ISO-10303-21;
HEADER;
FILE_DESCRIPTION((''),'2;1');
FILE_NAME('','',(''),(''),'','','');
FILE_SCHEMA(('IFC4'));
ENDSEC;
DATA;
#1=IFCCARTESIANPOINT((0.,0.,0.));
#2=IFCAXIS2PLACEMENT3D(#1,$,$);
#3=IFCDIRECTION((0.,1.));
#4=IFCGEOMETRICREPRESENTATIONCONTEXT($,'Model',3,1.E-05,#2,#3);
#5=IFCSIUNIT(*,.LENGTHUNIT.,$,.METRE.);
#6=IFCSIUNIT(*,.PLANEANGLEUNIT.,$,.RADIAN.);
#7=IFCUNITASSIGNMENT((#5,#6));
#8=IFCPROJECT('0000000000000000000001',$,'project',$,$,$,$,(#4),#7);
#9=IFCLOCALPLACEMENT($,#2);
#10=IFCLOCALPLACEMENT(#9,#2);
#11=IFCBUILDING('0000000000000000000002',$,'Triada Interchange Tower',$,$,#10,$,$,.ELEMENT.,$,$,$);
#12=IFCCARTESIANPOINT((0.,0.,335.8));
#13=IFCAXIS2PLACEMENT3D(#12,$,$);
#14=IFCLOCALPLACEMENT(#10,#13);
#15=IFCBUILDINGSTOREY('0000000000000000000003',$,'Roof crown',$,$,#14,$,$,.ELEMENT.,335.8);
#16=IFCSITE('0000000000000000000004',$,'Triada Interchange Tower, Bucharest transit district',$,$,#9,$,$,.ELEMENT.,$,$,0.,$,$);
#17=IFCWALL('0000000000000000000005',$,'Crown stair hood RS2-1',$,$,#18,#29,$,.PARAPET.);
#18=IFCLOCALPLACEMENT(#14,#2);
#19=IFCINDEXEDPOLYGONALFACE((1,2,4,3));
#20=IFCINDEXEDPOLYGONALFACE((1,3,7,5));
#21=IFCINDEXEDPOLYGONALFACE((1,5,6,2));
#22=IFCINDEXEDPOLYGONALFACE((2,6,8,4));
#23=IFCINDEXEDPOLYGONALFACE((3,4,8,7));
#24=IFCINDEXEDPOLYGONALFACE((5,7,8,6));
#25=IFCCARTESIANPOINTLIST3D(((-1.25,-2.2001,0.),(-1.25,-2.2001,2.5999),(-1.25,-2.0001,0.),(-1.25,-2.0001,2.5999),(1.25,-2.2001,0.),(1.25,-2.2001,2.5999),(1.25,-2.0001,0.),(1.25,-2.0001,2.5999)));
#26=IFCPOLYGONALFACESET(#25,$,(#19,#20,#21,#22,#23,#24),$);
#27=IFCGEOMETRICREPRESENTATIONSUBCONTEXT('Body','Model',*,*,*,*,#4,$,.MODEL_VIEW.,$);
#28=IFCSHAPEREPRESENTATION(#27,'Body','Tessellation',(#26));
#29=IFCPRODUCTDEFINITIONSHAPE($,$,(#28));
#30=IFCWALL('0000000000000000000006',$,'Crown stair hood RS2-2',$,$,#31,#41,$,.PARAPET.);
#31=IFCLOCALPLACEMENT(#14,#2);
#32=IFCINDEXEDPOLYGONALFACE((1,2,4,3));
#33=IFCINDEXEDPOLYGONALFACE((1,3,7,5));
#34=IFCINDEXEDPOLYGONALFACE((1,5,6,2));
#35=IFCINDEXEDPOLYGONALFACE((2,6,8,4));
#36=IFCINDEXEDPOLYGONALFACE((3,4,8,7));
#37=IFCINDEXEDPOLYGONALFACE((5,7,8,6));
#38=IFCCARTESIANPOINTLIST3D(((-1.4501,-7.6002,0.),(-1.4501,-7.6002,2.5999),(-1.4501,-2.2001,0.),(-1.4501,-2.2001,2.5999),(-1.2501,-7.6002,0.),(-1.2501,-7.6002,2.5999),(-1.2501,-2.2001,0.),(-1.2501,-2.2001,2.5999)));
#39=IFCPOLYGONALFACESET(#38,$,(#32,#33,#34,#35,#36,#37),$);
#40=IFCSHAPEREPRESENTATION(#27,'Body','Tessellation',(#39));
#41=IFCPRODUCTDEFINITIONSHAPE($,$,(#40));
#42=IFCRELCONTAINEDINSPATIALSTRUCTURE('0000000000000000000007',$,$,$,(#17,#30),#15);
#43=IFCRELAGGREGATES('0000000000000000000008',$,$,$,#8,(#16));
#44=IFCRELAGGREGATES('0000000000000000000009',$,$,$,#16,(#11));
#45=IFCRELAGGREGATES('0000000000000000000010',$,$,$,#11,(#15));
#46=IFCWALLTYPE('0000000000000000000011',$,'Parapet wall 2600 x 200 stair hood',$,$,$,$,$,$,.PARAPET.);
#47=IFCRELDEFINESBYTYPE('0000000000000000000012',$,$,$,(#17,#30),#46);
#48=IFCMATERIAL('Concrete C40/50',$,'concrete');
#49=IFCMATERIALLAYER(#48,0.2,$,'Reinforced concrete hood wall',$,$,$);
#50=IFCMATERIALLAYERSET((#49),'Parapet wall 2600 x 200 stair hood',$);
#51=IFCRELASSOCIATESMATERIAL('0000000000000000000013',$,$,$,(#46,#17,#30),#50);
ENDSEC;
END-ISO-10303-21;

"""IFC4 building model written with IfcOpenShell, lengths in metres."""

from ifc_helpers import new_model, si_unit, direction, frame, frame_2d, origin, place, context, subcontext, project, spatial, rectangle, extrude, material, layer, layer_set, layer_usage, type_object, element, save


model = new_model("IFC4")

# Units and contexts
model_context = context("Model", 3, precision=1e-05, world=origin(), true_north=direction((0.0, 1.0)))
body_context = subcontext(model_context, "Body", "Model", "MODEL_VIEW")
ifc_project = project(units=[si_unit("LENGTHUNIT", "METRE"), si_unit("PLANEANGLEUNIT", "RADIAN")], contexts=[model_context])

# Site, building, storey
site_placement = place(None, origin())
site = spatial("IfcSite", under=ifc_project, at=site_placement, Name="Triada Interchange Tower, Bucharest transit district", CompositionType="ELEMENT", RefElevation=0.0)
building_placement = place(site_placement, origin())
building = spatial("IfcBuilding", under=site, at=building_placement, Name="Triada Interchange Tower", CompositionType="ELEMENT")
storey_placement = place(building_placement, frame((0.0, 0.0, 335.8)))
storey = spatial("IfcBuildingStorey", under=building, at=storey_placement, Name="Roof crown", CompositionType="ELEMENT", Elevation=335.8)

# Shared definitions
ifc_material_1 = material(Name="Concrete C40/50", Category="concrete")

# Walls
ifc_layer_1 = layer(ifc_material_1, 0.2, Name="Reinforced concrete hood wall")
ifc_layer_set_1 = layer_set([ifc_layer_1], Name="Parapet wall 2600 x 200 stair hood")
ifc_layer_usage_1 = layer_usage(ifc_layer_set_1, "AXIS2", "POSITIVE", -0.1001)
wall_type_1 = type_object("IfcWallType", Name="Parapet wall 2600 x 200 stair hood", PredefinedType="PARAPET", material=ifc_layer_set_1)
wall_1_placement = place(storey_placement, frame((-1.25, -2.1001, 0.0), z_axis=(0.0, 0.0, 1.0), x_axis=(1.0, 0.0, 0.0)))
element("IfcWall", 1, at=wall_1_placement, inside=storey, type_object=wall_type_1, material=ifc_layer_usage_1, Name="Crown stair hood RS2-1", PredefinedType="PARAPET", context=body_context, shape_type="SweptSolid", body=[
    extrude(rectangle(XDim=2.5, YDim=0.2, at=frame_2d((1.25, 0.0))), origin(), (0.0, 0.0, 1.0), 2.5999),
])
wall_2_placement = place(storey_placement, frame((-1.3501, -2.2, 0.0), z_axis=(0.0, 0.0, 1.0), x_axis=(0.0, -1.0, 0.0)))
element("IfcWall", 2, at=wall_2_placement, inside=storey, type_object=wall_type_1, material=ifc_layer_usage_1, Name="Crown stair hood RS2-2", PredefinedType="PARAPET", context=body_context, shape_type="SweptSolid", body=[
    extrude(rectangle(XDim=5.4001, YDim=0.2, at=frame_2d((2.7002, 0.0))), origin(), (0.0, 0.0, 1.0), 2.5999),
])

save(model, "model.ifc")
